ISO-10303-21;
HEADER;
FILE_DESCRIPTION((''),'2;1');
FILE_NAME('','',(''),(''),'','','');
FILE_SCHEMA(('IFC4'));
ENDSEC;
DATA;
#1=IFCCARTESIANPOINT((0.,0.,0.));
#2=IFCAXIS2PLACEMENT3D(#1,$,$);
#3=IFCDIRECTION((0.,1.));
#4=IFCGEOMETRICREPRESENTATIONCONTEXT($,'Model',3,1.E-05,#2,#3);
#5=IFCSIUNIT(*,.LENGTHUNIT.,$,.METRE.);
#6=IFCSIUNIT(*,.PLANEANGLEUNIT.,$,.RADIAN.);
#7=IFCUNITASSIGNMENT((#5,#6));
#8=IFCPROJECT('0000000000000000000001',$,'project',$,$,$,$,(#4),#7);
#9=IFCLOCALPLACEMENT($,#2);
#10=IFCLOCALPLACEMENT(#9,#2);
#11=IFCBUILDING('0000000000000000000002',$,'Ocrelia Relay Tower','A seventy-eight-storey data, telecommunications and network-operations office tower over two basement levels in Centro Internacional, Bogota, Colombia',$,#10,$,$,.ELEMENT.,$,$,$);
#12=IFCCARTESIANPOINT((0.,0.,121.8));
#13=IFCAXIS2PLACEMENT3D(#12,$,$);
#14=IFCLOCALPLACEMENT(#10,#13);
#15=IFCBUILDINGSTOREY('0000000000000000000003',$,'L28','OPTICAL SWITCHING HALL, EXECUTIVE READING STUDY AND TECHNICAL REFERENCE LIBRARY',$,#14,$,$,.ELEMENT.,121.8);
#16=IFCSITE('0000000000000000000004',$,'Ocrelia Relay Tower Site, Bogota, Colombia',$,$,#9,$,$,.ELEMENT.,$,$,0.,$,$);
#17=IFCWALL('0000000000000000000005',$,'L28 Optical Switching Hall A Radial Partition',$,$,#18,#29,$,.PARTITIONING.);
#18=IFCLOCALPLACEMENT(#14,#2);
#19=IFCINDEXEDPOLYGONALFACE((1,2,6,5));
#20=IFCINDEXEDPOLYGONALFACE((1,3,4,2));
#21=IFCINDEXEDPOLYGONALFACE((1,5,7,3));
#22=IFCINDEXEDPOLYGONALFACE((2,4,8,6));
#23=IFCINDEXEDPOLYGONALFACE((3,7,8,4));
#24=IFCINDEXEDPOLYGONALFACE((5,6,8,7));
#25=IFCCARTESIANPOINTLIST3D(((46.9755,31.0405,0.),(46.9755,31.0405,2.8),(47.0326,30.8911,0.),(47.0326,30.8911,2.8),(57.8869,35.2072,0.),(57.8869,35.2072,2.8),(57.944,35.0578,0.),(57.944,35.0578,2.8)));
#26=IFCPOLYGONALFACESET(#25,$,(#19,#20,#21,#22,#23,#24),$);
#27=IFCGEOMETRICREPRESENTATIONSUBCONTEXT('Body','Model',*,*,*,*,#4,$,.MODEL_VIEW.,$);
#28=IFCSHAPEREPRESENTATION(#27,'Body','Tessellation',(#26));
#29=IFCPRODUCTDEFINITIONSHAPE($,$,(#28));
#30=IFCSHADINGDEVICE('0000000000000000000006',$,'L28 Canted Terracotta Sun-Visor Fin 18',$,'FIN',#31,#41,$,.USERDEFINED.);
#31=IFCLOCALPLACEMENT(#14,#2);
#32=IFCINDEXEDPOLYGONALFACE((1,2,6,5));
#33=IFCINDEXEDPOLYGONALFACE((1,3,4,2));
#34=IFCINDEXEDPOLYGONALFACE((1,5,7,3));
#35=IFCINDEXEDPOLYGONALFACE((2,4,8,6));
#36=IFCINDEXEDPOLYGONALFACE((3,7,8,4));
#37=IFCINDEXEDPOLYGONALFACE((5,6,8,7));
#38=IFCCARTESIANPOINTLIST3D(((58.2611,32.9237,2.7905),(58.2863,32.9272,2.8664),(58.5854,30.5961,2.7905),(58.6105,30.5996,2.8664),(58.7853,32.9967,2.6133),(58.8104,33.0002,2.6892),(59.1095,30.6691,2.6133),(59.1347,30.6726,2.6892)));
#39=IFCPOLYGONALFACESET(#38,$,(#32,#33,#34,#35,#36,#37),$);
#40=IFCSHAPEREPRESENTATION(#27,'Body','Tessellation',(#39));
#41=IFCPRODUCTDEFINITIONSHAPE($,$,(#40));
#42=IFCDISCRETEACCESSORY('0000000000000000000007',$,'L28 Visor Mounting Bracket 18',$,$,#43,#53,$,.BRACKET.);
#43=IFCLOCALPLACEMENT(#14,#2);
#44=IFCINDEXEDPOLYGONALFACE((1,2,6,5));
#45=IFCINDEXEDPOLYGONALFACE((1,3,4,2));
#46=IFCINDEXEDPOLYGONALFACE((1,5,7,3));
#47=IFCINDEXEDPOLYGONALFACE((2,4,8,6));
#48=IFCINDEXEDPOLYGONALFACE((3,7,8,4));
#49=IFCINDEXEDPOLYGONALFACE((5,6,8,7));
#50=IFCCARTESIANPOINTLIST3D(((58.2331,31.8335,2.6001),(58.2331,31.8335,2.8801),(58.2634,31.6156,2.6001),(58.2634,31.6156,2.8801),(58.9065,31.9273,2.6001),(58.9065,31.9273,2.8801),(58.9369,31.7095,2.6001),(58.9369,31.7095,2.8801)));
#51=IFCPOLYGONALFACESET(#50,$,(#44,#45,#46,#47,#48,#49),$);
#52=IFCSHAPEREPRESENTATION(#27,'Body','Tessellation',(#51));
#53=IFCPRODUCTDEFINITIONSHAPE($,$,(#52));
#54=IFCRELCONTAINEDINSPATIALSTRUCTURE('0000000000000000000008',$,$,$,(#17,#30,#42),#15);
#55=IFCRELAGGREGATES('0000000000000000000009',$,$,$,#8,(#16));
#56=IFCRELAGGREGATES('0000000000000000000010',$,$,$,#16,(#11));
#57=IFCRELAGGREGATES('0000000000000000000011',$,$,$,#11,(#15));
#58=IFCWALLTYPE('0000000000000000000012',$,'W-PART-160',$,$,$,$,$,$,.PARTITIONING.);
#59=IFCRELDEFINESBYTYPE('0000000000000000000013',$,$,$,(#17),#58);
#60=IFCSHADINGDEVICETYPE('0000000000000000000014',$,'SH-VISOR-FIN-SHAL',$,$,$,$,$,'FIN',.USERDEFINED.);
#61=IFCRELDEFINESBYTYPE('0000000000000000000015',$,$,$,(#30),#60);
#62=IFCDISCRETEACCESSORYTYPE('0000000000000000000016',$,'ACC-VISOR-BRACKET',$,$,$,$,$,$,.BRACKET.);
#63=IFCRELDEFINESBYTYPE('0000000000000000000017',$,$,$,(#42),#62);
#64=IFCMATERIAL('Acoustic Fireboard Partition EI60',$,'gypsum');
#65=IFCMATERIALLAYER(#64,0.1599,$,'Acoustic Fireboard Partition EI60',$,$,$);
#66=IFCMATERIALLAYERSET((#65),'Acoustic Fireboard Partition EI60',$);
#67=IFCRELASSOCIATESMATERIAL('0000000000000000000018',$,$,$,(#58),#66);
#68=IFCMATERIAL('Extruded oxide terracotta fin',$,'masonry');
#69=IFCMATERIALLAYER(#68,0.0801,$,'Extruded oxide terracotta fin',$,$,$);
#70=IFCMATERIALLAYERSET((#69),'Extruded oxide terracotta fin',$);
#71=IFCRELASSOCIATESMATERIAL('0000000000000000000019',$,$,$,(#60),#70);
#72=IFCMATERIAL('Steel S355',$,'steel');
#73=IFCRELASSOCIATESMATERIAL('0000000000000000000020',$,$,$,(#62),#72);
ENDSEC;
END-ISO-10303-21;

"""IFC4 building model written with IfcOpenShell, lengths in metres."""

from ifc_helpers import new_model, si_unit, direction, frame, frame_2d, origin, origin_2d, place, context, subcontext, project, spatial, rectangle, extrude, material, layer, layer_set, type_object, element, save


model = new_model("IFC4")

# Units and contexts
model_context = context("Model", 3, precision=1e-05, world=origin(), true_north=direction((0.0, 1.0)))
body_context = subcontext(model_context, "Body", "Model", "MODEL_VIEW")
ifc_project = project(units=[si_unit("LENGTHUNIT", "METRE"), si_unit("PLANEANGLEUNIT", "RADIAN")], contexts=[model_context])

# Site, building, storey
site_placement = place(None, origin())
site = spatial("IfcSite", under=ifc_project, at=site_placement, Name="Ocrelia Relay Tower Site, Bogota, Colombia", CompositionType="ELEMENT", RefElevation=0.0)
building_placement = place(site_placement, origin())
building = spatial("IfcBuilding", under=site, at=building_placement, Name="Ocrelia Relay Tower", Description="A seventy-eight-storey data, telecommunications and network-operations office tower over two basement levels in Centro Internacional, Bogota, Colombia", CompositionType="ELEMENT")
storey_placement = place(building_placement, frame((0.0, 0.0, 121.8)))
storey = spatial("IfcBuildingStorey", under=building, at=storey_placement, Name="L28", Description="OPTICAL SWITCHING HALL, EXECUTIVE READING STUDY AND TECHNICAL REFERENCE LIBRARY", CompositionType="ELEMENT", Elevation=121.8)

# Shared definitions
ifc_material_1 = material(Name="Steel S355", Category="steel")

# Wall
ifc_material_2 = material(Name="Acoustic Fireboard Partition EI60", Category="gypsum")
ifc_layer_1 = layer(ifc_material_2, 0.1599, Name="Acoustic Fireboard Partition EI60")
ifc_layer_set_1 = layer_set([ifc_layer_1], Name="Acoustic Fireboard Partition EI60")
wall_type_1 = type_object("IfcWallType", Name="W-PART-160", PredefinedType="PARTITIONING", material=ifc_layer_set_1)
wall_1_placement = place(storey_placement, frame((47.0042, 30.9658, 0.0), z_axis=(0.0, 0.0, 1.0), x_axis=(0.934202, 0.356745, 0.0)))
element("IfcWall", 1, at=wall_1_placement, inside=storey, type_object=wall_type_1, Name="L28 Optical Switching Hall A Radial Partition", PredefinedType="PARTITIONING", context=body_context, shape_type="SweptSolid", body=[
    extrude(rectangle(XDim=11.6799, YDim=0.1599, at=frame_2d((5.8398, 0.0))), origin(), (0.0, 0.0, 1.0), 2.8),
])

# Shading device
ifc_material_3 = material(Name="Extruded oxide terracotta fin", Category="masonry")
ifc_layer_2 = layer(ifc_material_3, 0.0801, Name="Extruded oxide terracotta fin")
ifc_layer_set_2 = layer_set([ifc_layer_2], Name="Extruded oxide terracotta fin")
shading_device_type = type_object("IfcShadingDeviceType", Name="SH-VISOR-FIN-SHAL", ElementType="FIN", PredefinedType="USERDEFINED", material=ifc_layer_set_2)
shading_device_placement = place(storey_placement, frame((58.6853, 31.7964, 2.7019), z_axis=(0.314433, 0.043806, 0.948268), x_axis=(-0.137983, 0.990435, 0.0)))
element("IfcShadingDevice", 2, at=shading_device_placement, inside=storey, type_object=shading_device_type, Name="L28 Canted Terracotta Sun-Visor Fin 18", ObjectType="FIN", PredefinedType="USERDEFINED", context=body_context, shape_type="SweptSolid", body=[
    extrude(rectangle(XDim=2.3501, YDim=0.5581, at=origin_2d()), origin(), (0.0, 0.0, 1.0), 0.0801),
])

# Discrete accessory
discrete_accessory_type = type_object("IfcDiscreteAccessoryType", Name="ACC-VISOR-BRACKET", PredefinedType="BRACKET", material=ifc_material_1)
discrete_accessory_placement = place(storey_placement, frame((58.585, 31.7715, 2.6001), z_axis=(0.0, 0.0, 1.0), x_axis=(-0.137983, 0.990435, 0.0)))
element("IfcDiscreteAccessory", 3, at=discrete_accessory_placement, inside=storey, type_object=discrete_accessory_type, Name="L28 Visor Mounting Bracket 18", PredefinedType="BRACKET", context=body_context, shape_type="SweptSolid", body=[
    extrude(rectangle(XDim=0.22, YDim=0.6799, at=origin_2d()), origin(), (0.0, 0.0, 1.0), 0.28),
])

save(model, "model.ifc")
